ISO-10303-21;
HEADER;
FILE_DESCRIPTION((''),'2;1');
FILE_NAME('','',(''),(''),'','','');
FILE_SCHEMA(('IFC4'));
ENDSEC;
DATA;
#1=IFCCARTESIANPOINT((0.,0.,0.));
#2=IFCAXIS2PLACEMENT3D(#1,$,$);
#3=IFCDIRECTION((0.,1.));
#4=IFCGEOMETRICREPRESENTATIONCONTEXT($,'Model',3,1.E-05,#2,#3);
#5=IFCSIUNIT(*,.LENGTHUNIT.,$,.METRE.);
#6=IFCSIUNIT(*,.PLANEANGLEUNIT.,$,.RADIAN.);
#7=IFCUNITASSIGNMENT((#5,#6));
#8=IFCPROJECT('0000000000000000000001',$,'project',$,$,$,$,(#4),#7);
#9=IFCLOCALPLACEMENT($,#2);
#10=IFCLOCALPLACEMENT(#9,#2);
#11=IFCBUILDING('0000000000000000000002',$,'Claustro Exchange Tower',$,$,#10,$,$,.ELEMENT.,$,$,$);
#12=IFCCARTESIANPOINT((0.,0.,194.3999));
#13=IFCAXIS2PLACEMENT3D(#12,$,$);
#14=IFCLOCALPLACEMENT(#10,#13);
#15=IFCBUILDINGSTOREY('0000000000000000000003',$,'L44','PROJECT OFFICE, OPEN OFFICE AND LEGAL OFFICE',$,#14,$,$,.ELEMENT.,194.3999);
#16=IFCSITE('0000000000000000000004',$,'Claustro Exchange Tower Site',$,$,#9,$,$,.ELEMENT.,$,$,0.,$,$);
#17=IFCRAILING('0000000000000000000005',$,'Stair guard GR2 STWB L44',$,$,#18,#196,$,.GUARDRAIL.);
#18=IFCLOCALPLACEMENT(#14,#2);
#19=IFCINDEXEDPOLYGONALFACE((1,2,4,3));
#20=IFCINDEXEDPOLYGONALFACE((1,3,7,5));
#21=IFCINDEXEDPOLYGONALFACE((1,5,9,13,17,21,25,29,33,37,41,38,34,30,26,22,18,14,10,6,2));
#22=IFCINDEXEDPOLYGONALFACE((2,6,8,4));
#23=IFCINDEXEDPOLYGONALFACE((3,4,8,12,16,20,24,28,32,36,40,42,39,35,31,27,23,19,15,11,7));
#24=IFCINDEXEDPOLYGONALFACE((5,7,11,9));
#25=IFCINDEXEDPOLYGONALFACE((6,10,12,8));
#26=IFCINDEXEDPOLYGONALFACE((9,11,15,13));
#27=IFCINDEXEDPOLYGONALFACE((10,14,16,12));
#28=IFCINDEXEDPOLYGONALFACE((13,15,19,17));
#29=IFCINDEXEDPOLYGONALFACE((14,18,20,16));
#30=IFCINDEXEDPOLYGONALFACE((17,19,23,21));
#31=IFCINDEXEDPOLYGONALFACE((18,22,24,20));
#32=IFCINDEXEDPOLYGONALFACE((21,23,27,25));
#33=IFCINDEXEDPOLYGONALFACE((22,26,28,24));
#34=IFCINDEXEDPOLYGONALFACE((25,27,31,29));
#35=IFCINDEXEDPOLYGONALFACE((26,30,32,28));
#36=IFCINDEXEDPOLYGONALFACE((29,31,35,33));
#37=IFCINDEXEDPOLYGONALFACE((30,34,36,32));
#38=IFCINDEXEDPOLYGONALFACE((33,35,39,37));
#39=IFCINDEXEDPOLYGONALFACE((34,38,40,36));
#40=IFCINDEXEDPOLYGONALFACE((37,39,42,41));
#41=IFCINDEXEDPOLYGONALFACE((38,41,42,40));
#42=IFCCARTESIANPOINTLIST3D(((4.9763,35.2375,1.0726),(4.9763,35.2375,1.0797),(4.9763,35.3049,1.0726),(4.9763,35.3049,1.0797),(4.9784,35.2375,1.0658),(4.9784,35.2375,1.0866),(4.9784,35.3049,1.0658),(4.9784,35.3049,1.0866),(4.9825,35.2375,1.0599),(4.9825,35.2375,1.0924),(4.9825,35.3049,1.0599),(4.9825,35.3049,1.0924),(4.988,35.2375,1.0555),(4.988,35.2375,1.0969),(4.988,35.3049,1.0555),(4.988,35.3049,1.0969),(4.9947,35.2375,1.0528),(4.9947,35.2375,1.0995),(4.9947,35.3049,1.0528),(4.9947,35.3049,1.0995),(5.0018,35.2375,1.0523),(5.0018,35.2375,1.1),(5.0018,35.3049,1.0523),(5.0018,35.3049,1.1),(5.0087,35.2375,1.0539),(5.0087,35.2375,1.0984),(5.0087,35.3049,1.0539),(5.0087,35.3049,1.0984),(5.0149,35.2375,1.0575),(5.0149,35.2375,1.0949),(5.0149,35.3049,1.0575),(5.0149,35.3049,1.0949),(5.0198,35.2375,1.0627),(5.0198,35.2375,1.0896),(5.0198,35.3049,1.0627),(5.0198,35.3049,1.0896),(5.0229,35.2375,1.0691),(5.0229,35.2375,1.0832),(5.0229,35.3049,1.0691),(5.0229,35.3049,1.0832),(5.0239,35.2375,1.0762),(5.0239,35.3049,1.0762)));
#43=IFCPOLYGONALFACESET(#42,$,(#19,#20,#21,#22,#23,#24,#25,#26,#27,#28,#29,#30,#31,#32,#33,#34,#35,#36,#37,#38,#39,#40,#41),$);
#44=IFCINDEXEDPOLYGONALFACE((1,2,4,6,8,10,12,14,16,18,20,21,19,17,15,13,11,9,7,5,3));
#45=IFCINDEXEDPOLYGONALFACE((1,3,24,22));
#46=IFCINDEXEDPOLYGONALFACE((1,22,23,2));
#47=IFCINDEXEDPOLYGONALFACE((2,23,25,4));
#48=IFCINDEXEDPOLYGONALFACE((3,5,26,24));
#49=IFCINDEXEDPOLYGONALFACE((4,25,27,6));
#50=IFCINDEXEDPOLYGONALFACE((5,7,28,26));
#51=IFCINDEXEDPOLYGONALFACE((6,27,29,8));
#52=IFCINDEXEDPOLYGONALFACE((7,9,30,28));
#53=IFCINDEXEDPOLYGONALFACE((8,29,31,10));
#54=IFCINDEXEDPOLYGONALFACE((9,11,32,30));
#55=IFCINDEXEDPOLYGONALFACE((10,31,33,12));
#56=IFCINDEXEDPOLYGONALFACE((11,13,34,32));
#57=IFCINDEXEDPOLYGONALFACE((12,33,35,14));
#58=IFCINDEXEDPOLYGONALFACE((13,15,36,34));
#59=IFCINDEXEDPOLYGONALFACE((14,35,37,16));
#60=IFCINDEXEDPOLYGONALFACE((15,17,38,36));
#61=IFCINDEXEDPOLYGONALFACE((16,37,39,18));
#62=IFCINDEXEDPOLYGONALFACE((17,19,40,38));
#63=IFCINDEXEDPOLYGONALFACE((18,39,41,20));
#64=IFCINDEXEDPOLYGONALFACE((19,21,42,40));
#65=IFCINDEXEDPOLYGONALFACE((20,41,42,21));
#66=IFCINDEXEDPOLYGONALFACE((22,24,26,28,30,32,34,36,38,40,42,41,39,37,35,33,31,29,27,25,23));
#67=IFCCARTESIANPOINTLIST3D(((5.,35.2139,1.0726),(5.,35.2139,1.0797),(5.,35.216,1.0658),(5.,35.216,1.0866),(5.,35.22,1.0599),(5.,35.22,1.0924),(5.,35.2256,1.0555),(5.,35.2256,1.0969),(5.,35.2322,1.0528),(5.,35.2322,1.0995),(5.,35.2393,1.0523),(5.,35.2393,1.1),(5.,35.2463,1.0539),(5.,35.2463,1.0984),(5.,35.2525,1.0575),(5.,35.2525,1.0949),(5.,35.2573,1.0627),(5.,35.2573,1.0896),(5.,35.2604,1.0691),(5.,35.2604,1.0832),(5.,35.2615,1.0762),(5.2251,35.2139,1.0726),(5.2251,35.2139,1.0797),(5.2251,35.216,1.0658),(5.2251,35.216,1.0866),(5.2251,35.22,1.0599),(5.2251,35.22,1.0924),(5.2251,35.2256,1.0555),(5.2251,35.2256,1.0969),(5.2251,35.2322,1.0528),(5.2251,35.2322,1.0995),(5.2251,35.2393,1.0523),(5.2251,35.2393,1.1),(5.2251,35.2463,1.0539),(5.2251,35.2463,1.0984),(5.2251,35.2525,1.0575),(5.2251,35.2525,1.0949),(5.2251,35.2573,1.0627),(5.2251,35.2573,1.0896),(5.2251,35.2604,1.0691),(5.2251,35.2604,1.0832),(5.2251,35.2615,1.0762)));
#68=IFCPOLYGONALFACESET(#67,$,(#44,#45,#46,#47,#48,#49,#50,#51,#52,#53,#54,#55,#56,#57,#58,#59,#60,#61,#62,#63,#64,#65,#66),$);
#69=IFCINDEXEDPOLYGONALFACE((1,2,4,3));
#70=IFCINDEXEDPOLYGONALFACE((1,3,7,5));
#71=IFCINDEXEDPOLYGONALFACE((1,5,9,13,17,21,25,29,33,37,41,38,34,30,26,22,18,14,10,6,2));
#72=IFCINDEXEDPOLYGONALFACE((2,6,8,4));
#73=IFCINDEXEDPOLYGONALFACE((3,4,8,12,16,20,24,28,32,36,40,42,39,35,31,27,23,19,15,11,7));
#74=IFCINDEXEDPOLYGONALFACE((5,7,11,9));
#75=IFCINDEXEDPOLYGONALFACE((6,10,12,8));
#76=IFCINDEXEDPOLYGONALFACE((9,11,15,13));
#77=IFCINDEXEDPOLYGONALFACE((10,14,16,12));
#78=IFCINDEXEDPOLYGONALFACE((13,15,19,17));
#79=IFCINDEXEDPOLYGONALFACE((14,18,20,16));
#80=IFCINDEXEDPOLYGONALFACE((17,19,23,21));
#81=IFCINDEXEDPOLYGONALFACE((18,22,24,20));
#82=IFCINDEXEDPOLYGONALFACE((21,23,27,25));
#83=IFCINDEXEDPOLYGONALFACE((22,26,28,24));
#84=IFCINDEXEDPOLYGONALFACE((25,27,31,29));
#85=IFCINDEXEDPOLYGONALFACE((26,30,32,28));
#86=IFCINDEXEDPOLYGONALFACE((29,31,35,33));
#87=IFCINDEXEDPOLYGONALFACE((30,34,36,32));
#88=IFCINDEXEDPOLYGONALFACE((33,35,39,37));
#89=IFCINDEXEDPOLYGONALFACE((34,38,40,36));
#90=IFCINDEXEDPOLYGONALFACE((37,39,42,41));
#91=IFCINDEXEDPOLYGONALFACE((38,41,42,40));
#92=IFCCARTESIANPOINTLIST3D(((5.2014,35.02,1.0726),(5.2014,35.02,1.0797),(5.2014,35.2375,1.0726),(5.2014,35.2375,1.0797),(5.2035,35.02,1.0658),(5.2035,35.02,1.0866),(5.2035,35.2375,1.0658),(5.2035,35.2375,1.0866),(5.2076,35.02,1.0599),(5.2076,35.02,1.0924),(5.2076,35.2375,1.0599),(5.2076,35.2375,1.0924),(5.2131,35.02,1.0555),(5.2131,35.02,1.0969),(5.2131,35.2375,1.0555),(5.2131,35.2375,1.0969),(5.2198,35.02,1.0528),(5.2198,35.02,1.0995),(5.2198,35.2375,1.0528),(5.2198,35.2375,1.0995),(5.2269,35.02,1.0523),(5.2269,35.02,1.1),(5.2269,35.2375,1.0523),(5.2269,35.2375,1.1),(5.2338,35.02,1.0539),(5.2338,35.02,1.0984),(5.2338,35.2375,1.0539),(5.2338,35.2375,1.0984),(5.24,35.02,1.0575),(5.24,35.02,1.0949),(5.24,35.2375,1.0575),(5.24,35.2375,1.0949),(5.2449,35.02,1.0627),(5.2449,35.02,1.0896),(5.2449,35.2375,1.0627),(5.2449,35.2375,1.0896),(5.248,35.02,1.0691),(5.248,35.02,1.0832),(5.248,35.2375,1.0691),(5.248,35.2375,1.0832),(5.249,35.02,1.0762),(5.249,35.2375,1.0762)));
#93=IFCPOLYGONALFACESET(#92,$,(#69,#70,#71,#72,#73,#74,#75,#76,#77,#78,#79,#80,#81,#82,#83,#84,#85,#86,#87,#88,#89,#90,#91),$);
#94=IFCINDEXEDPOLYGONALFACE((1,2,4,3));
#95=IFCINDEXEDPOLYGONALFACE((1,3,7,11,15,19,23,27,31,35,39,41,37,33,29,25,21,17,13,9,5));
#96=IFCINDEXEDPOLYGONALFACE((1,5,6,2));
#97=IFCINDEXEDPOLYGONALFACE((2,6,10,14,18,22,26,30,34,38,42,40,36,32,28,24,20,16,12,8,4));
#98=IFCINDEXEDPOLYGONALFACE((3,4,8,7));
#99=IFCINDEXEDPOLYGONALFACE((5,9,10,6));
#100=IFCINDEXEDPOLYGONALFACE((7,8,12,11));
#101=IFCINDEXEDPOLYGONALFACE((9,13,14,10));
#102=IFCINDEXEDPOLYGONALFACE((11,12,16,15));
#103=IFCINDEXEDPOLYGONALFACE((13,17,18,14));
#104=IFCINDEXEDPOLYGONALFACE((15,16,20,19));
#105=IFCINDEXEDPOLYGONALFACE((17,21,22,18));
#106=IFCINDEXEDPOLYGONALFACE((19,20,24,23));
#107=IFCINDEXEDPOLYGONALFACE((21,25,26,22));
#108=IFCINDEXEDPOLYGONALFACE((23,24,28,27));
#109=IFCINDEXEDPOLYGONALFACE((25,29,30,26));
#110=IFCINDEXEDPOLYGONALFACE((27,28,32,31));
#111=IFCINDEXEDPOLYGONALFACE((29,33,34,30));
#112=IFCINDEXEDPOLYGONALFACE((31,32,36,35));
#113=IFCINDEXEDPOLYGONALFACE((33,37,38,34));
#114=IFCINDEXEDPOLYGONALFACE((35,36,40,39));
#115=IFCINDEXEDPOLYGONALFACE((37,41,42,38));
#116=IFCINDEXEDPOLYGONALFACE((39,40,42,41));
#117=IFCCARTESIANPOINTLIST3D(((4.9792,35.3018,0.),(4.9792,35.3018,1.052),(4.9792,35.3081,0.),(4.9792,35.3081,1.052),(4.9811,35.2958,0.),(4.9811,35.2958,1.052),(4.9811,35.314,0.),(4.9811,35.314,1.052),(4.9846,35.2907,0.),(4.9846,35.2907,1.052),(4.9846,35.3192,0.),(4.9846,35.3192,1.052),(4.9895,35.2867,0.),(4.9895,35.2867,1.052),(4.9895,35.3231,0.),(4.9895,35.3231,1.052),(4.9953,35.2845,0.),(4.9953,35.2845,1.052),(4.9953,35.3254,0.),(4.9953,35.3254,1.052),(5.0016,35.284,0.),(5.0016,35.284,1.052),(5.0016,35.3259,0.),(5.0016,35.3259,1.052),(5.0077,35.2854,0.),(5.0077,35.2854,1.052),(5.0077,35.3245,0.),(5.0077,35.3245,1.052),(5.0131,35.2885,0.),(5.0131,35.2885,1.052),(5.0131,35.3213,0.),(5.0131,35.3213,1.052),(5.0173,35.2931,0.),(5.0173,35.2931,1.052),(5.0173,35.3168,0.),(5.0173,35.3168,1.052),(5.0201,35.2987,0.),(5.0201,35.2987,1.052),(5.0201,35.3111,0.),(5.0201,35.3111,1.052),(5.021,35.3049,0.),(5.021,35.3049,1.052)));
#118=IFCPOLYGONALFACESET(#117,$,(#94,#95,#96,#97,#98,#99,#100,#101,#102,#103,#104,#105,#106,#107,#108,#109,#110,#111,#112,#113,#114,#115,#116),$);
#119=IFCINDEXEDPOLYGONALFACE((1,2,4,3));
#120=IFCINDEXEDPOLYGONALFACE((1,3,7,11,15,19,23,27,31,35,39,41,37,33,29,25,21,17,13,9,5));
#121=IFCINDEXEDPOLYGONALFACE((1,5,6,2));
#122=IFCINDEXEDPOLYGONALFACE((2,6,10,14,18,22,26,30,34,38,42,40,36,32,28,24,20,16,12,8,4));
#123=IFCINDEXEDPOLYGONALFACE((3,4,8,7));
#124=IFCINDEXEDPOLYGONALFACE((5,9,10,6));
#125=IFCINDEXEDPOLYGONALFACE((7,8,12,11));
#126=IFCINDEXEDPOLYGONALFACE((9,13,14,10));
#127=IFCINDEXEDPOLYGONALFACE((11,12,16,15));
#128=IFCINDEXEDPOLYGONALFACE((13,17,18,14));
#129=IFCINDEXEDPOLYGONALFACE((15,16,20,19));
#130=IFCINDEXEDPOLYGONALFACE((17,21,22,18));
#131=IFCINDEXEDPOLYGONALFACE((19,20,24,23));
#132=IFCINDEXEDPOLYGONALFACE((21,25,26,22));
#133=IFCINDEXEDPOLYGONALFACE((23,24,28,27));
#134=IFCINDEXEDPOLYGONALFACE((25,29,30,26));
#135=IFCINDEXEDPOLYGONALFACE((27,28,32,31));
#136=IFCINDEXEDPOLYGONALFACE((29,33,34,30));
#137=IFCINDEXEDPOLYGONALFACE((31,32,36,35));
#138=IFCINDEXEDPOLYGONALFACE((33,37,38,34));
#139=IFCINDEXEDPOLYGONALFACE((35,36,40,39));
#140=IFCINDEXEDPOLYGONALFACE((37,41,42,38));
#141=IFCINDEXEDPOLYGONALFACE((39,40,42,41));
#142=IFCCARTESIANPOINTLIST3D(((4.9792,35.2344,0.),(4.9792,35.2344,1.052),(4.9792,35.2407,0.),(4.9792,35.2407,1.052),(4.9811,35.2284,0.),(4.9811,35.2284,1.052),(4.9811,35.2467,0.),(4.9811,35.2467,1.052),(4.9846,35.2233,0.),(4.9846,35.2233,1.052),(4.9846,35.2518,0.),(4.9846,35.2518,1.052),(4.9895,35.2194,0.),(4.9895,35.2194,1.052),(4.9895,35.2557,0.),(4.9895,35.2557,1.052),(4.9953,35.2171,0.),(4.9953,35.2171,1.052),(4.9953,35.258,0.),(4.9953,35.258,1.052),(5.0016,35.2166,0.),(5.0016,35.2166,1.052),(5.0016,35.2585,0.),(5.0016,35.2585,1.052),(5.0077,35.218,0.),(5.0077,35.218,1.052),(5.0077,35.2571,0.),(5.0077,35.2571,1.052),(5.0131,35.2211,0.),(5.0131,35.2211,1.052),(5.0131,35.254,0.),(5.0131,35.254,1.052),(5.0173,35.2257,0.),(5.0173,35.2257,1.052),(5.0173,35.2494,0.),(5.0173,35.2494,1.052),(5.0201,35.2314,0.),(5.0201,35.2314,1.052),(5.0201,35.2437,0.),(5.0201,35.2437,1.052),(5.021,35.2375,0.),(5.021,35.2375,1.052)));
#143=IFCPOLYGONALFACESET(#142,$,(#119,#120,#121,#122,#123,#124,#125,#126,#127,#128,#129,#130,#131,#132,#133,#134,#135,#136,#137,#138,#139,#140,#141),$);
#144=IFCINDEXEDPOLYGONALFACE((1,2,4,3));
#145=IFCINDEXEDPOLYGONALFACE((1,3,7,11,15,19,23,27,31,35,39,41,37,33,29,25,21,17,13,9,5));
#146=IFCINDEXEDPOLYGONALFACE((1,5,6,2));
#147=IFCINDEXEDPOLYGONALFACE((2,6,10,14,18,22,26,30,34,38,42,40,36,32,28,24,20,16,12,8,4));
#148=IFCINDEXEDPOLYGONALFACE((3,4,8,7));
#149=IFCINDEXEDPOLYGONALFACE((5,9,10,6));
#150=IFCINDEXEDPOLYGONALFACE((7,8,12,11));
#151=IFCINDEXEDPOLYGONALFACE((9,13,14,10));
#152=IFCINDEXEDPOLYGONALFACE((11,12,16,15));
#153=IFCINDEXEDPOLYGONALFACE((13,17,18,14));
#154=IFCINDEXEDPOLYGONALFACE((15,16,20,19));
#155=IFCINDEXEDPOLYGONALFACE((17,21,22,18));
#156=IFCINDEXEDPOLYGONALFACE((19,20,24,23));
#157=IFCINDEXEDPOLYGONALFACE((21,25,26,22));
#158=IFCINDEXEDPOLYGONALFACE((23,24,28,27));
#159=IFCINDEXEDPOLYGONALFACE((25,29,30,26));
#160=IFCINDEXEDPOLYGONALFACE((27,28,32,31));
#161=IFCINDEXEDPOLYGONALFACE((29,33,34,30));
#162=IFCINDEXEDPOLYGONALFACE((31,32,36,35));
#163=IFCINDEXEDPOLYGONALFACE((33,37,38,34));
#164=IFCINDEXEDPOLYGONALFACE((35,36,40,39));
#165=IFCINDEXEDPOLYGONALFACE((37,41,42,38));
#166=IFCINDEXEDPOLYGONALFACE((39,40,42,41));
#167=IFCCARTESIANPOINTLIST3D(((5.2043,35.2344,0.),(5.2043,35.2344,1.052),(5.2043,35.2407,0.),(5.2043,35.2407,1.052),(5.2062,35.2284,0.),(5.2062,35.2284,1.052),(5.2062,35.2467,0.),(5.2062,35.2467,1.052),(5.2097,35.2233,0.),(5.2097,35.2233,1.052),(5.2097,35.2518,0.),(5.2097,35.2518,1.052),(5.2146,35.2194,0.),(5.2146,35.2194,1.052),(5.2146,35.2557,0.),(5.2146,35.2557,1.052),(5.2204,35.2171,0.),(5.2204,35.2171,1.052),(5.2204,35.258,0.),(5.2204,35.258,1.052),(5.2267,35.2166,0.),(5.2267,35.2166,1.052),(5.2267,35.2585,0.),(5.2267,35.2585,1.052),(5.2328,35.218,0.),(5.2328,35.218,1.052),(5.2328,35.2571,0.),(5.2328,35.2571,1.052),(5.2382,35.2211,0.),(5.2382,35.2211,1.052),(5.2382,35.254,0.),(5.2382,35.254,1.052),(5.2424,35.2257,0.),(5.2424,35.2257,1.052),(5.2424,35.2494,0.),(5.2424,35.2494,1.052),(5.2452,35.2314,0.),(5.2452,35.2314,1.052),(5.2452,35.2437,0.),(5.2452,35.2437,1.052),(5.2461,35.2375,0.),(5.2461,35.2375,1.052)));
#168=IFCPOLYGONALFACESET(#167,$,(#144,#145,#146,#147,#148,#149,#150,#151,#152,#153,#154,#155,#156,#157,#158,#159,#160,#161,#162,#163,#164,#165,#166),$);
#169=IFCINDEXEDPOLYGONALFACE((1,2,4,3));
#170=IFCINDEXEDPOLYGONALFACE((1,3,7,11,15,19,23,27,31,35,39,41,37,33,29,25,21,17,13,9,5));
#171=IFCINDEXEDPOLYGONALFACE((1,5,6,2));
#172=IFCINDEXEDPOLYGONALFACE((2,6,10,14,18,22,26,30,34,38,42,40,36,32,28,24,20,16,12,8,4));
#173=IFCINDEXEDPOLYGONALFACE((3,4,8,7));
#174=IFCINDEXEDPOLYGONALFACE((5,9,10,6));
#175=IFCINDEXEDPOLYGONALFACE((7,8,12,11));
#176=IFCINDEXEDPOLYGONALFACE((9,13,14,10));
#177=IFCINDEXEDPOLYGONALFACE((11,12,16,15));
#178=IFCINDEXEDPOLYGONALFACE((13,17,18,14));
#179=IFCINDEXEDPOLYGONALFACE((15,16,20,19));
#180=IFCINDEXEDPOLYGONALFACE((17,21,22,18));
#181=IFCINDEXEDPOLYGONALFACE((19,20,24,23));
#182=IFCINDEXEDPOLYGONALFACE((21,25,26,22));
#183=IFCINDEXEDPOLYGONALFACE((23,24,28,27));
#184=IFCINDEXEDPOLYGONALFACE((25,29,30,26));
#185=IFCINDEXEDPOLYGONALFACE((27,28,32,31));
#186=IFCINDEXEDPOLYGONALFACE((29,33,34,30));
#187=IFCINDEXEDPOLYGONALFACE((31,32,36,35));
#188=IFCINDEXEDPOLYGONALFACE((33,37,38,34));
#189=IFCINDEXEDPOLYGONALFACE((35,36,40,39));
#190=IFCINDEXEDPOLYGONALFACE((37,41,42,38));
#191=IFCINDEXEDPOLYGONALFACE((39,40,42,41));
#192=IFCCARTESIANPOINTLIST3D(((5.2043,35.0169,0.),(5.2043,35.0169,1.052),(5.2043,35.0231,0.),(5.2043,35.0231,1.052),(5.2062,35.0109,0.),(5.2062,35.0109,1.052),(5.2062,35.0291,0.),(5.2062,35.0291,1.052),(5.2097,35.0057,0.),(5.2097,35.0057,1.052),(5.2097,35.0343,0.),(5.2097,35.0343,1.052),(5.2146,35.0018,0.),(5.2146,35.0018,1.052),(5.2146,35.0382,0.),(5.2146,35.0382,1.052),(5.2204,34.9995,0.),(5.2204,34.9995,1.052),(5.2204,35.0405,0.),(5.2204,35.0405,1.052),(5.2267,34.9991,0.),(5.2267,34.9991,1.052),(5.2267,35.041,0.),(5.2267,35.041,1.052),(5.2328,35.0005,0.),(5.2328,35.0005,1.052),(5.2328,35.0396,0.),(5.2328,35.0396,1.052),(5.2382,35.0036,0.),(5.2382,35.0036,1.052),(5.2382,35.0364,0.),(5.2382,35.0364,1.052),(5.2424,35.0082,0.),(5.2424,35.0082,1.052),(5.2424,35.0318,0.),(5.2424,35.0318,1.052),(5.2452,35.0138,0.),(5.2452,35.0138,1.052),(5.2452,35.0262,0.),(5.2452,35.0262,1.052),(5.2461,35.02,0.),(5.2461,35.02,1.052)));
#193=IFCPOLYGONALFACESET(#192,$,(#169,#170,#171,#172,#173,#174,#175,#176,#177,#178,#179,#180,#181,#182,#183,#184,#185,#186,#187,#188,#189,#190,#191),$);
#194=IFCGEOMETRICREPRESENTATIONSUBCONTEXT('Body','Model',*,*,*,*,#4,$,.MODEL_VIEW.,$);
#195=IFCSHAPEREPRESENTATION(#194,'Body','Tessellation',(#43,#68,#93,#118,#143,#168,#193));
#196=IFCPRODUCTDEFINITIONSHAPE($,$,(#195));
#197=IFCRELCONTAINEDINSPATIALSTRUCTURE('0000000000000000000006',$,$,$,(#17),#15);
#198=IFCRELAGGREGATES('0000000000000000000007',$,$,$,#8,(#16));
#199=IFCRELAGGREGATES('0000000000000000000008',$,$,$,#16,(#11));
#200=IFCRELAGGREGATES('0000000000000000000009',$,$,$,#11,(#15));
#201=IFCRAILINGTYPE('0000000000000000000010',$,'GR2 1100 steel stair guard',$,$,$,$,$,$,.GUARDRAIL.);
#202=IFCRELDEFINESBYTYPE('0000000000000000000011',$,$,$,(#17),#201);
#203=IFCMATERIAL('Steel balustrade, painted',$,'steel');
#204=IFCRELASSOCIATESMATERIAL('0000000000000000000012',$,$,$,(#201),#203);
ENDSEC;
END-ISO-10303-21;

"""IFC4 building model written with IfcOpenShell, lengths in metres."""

from ifc_helpers import new_model, si_unit, direction, frame, origin, origin_2d, place, context, subcontext, project, spatial, circle, extrude, material, type_object, element, save


model = new_model("IFC4")

# Units and contexts
model_context = context("Model", 3, precision=1e-05, world=origin(), true_north=direction((0.0, 1.0)))
body_context = subcontext(model_context, "Body", "Model", "MODEL_VIEW")
ifc_project = project(units=[si_unit("LENGTHUNIT", "METRE"), si_unit("PLANEANGLEUNIT", "RADIAN")], contexts=[model_context])

# Site, building, storey
site_placement = place(None, origin())
site = spatial("IfcSite", under=ifc_project, at=site_placement, Name="Claustro Exchange Tower Site", CompositionType="ELEMENT", RefElevation=0.0)
building_placement = place(site_placement, origin())
building = spatial("IfcBuilding", under=site, at=building_placement, Name="Claustro Exchange Tower", CompositionType="ELEMENT")
storey_placement = place(building_placement, frame((0.0, 0.0, 194.3999)))
storey = spatial("IfcBuildingStorey", under=building, at=storey_placement, Name="L44", Description="PROJECT OFFICE, OPEN OFFICE AND LEGAL OFFICE", CompositionType="ELEMENT", Elevation=194.3999)

# Railing
ifc_material_1 = material(Name="Steel balustrade, painted", Category="steel")
railing_type_1 = type_object("IfcRailingType", Name="GR2 1100 steel stair guard", PredefinedType="GUARDRAIL", material=ifc_material_1)
railing_1_placement = place(storey_placement, frame((5.0, 35.3049, 0.0)))
element("IfcRailing", 1, at=railing_1_placement, inside=storey, type_object=railing_type_1, Name="Stair guard GR2 STWB L44", PredefinedType="GUARDRAIL", context=body_context, shape_type="SweptSolid", body=[
    extrude(circle(Radius=0.0239, at=origin_2d()), frame((0.0, 0.0, 1.0762), z_axis=(0.0, -1.0, 0.0), x_axis=(1.0, 0.0, 0.0)), (0.0, 0.0, 1.0), 0.0674),
    extrude(circle(Radius=0.0239, at=origin_2d()), frame((0.0, -0.0674, 1.0762), z_axis=(1.0, 0.0, 0.0), x_axis=(0.0, 1.0, 0.0)), (0.0, 0.0, 1.0), 0.2251),
    extrude(circle(Radius=0.0239, at=origin_2d()), frame((0.2251, -0.0674, 1.0762), z_axis=(0.0, -1.0, 0.0), x_axis=(1.0, 0.0, 0.0)), (0.0, 0.0, 1.0), 0.2175),
    extrude(circle(Radius=0.021, at=origin_2d()), origin(), (0.0, 0.0, 1.0), 1.052),
    extrude(circle(Radius=0.021, at=origin_2d()), frame((0.0, -0.0674, 0.0)), (0.0, 0.0, 1.0), 1.052),
    extrude(circle(Radius=0.021, at=origin_2d()), frame((0.2251, -0.0674, 0.0)), (0.0, 0.0, 1.0), 1.052),
    extrude(circle(Radius=0.021, at=origin_2d()), frame((0.2251, -0.2849, 0.0)), (0.0, 0.0, 1.0), 1.052),
])

save(model, "model.ifc")
